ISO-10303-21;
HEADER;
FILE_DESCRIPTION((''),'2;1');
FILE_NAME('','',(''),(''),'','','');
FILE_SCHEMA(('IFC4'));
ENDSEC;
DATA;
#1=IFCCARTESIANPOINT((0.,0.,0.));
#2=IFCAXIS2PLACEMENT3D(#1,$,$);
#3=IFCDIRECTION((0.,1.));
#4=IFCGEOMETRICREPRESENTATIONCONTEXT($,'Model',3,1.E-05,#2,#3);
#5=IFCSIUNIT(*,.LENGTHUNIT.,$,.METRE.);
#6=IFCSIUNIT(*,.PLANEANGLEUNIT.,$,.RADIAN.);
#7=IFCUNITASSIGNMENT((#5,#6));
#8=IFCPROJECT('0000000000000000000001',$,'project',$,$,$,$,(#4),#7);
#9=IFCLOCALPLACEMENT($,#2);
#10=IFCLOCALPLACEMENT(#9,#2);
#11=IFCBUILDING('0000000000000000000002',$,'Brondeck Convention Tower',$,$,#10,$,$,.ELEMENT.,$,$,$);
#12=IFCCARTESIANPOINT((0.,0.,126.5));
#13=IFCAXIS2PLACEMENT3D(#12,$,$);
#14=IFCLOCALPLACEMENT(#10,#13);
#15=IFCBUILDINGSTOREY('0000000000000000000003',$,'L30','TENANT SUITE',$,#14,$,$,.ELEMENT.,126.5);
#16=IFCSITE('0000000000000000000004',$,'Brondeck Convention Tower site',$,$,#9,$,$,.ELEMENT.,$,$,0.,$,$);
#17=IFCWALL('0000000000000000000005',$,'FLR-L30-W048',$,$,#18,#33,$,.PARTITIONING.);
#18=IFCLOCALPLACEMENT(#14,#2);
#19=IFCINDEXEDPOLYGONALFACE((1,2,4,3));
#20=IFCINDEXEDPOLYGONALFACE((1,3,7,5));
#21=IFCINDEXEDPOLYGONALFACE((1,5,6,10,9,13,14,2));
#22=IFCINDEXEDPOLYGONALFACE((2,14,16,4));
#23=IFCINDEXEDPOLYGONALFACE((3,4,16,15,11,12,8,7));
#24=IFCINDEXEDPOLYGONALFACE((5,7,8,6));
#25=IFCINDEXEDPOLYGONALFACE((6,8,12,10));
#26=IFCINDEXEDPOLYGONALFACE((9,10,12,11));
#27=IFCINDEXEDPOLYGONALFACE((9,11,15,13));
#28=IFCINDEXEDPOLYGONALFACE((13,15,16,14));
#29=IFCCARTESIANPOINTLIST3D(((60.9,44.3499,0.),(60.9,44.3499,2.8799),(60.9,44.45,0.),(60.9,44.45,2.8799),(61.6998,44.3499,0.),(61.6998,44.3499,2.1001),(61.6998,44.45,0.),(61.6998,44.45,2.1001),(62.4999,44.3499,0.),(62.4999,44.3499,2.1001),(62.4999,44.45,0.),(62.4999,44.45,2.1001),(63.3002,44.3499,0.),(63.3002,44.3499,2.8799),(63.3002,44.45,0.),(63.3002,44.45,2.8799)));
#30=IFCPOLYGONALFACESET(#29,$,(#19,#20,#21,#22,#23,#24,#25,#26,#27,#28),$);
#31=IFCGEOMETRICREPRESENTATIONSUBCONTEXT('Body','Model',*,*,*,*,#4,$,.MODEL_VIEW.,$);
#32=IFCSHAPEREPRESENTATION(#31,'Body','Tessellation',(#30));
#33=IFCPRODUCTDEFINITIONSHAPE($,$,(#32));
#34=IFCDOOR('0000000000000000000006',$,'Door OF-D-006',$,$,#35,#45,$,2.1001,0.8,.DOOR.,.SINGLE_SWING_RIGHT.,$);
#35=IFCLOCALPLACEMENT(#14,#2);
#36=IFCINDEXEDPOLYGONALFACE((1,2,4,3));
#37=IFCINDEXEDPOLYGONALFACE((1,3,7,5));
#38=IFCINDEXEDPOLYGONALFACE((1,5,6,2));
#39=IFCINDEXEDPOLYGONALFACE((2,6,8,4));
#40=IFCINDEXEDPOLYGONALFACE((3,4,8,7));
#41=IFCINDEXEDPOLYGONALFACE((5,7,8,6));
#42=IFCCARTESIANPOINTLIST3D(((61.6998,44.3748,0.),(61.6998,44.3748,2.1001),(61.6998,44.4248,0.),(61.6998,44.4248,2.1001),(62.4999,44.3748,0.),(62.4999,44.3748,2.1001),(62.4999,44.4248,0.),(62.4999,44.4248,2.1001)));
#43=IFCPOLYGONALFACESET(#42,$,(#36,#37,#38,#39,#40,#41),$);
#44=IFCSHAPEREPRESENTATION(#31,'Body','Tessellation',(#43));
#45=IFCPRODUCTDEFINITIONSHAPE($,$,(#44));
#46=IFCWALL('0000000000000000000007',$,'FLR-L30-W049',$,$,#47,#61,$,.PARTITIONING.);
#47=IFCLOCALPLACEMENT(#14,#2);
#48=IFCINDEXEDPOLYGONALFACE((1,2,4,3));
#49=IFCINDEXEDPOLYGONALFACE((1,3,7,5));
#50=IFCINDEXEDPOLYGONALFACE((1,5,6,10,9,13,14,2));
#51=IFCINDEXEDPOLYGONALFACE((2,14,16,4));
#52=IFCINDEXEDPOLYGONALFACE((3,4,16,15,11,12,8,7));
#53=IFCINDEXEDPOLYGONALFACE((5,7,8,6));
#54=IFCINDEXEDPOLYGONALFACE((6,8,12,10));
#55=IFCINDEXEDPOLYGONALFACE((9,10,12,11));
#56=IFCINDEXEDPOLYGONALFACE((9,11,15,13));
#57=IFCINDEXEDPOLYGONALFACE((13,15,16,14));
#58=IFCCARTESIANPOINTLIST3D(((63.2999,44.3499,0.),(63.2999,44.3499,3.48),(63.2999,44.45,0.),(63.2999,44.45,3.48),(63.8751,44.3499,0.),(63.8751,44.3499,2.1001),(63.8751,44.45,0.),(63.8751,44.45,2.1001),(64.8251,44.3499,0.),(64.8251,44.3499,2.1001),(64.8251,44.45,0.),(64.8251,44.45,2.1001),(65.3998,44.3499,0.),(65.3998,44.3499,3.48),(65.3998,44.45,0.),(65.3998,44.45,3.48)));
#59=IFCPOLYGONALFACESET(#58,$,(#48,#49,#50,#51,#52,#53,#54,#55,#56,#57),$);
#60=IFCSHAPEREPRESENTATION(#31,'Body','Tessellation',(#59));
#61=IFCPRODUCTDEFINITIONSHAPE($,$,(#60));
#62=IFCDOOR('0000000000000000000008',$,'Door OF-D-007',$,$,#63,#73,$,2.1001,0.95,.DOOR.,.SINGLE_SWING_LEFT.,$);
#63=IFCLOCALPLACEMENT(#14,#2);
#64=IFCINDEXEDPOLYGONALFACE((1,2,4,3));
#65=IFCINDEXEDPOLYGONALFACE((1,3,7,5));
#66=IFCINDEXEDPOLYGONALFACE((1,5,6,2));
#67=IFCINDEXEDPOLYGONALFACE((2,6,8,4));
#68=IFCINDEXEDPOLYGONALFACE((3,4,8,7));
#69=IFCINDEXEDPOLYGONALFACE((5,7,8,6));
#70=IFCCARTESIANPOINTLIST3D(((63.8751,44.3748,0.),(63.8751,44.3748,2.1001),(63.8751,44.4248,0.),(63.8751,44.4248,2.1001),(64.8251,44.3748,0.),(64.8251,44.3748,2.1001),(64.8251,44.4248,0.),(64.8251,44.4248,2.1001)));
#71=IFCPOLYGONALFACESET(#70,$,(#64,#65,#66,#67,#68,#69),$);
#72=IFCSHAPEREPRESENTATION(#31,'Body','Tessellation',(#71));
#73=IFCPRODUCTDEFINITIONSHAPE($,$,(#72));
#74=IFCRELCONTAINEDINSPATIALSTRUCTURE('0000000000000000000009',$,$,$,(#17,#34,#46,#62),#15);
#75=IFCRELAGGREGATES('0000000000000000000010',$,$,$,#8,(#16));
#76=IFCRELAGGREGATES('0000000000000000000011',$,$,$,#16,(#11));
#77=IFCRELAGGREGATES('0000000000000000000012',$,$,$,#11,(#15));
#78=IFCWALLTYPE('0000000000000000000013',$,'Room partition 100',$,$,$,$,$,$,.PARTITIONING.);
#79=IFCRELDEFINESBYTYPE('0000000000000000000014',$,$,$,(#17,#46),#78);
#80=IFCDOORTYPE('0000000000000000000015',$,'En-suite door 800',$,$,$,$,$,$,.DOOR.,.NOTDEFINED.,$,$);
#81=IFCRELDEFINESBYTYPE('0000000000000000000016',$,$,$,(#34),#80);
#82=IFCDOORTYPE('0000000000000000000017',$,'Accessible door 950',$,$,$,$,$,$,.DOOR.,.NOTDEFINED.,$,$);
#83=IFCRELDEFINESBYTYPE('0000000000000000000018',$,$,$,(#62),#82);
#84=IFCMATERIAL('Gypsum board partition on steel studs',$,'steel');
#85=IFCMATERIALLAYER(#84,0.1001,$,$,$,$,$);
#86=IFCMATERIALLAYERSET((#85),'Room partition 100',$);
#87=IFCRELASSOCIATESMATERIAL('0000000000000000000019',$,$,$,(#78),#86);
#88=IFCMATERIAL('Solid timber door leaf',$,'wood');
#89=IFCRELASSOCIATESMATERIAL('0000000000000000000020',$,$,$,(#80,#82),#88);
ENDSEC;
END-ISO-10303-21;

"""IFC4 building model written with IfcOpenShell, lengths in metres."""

from ifc_helpers import new_model, si_unit, direction, frame, frame_2d, origin, place, context, subcontext, project, spatial, rectangle, extrude, material, layer, layer_set, type_object, element, fill, save


model = new_model("IFC4")

# Units and contexts
model_context = context("Model", 3, precision=1e-05, world=origin(), true_north=direction((0.0, 1.0)))
body_context = subcontext(model_context, "Body", "Model", "MODEL_VIEW")
ifc_project = project(units=[si_unit("LENGTHUNIT", "METRE"), si_unit("PLANEANGLEUNIT", "RADIAN")], contexts=[model_context])

# Site, building, storey
site_placement = place(None, origin())
site = spatial("IfcSite", under=ifc_project, at=site_placement, Name="Brondeck Convention Tower site", CompositionType="ELEMENT", RefElevation=0.0)
building_placement = place(site_placement, origin())
building = spatial("IfcBuilding", under=site, at=building_placement, Name="Brondeck Convention Tower", CompositionType="ELEMENT")
storey_placement = place(building_placement, frame((0.0, 0.0, 126.5)))
storey = spatial("IfcBuildingStorey", under=building, at=storey_placement, Name="L30", Description="TENANT SUITE", CompositionType="ELEMENT", Elevation=126.5)

# Shared definitions
ifc_material_1 = material(Name="Gypsum board partition on steel studs", Category="steel")
ifc_layer_1 = layer(ifc_material_1, 0.1001)
ifc_layer_set_1 = layer_set([ifc_layer_1], Name="Room partition 100")
wall_type_1 = type_object("IfcWallType", Name="Room partition 100", PredefinedType="PARTITIONING", material=ifc_layer_set_1)

# Shared definitions
ifc_material_2 = material(Name="Solid timber door leaf", Category="wood")

# Walls, openings, doors
wall_1_placement = place(storey_placement, frame((60.8999, 44.3999, 0.0), z_axis=(0.0, 0.0, 1.0), x_axis=(1.0, 0.0, 0.0)))
wall_1 = element("IfcWall", 1, at=wall_1_placement, inside=storey, type_object=wall_type_1, Name="FLR-L30-W048", PredefinedType="PARTITIONING", context=body_context, shape_type="SweptSolid", body=[
    extrude(rectangle(XDim=2.4001, YDim=0.1001, at=frame_2d((1.2002, 0.0))), origin(), (0.0, 0.0, 1.0), 2.8799),
])
opening_1_placement = place(wall_1_placement, frame((0.8, 0.0, 0.0)))
opening_1 = element("IfcOpeningElement", 2, at=opening_1_placement, cuts=wall_1, PredefinedType="OPENING", context=body_context, shape_type="SweptSolid", body=[
    extrude(rectangle(XDim=0.8, YDim=2.1001, at=frame_2d((0.3999, 1.05))), frame((0.0, 0.0601, 0.0), z_axis=(0.0, -1.0, 0.0), x_axis=(1.0, 0.0, 0.0)), (0.0, 0.0, 1.0), 0.1201),
])
door_type_1 = type_object("IfcDoorType", Name="En-suite door 800", OperationType="NOTDEFINED", PredefinedType="DOOR", material=ifc_material_2)
door_1_placement = place(opening_1_placement, origin())
door_1 = element("IfcDoor", 3, at=door_1_placement, inside=storey, type_object=door_type_1, Name="Door OF-D-006", OperationType="SINGLE_SWING_RIGHT", OverallHeight=2.1001, OverallWidth=0.8, PredefinedType="DOOR", context=body_context, shape_type="SweptSolid", body=[
    extrude(rectangle(XDim=0.8, YDim=2.1001, at=frame_2d((0.3999, 1.05))), frame((0.0, 0.0249, 0.0), z_axis=(0.0, -1.0, 0.0), x_axis=(1.0, 0.0, 0.0)), (0.0, 0.0, 1.0), 0.05),
])
fill(opening_1, door_1)
wall_2_placement = place(storey_placement, frame((63.3, 44.3999, 0.0), z_axis=(0.0, 0.0, 1.0), x_axis=(1.0, 0.0, 0.0)))
wall_2 = element("IfcWall", 4, at=wall_2_placement, inside=storey, type_object=wall_type_1, Name="FLR-L30-W049", PredefinedType="PARTITIONING", context=body_context, shape_type="SweptSolid", body=[
    extrude(rectangle(XDim=2.0999, YDim=0.1001, at=frame_2d((1.0498, 0.0))), origin(), (0.0, 0.0, 1.0), 3.48),
])
opening_2_placement = place(wall_2_placement, frame((0.575, 0.0, 0.0)))
opening_2 = element("IfcOpeningElement", 5, at=opening_2_placement, cuts=wall_2, PredefinedType="OPENING", context=body_context, shape_type="SweptSolid", body=[
    extrude(rectangle(XDim=0.95, YDim=2.1001, at=frame_2d((0.4751, 1.05))), frame((0.0, 0.0601, 0.0), z_axis=(0.0, -1.0, 0.0), x_axis=(1.0, 0.0, 0.0)), (0.0, 0.0, 1.0), 0.1201),
])
door_type_2 = type_object("IfcDoorType", Name="Accessible door 950", OperationType="NOTDEFINED", PredefinedType="DOOR", material=ifc_material_2)
door_2_placement = place(opening_2_placement, origin())
door_2 = element("IfcDoor", 6, at=door_2_placement, inside=storey, type_object=door_type_2, Name="Door OF-D-007", OperationType="SINGLE_SWING_LEFT", OverallHeight=2.1001, OverallWidth=0.95, PredefinedType="DOOR", context=body_context, shape_type="SweptSolid", body=[
    extrude(rectangle(XDim=0.95, YDim=2.1001, at=frame_2d((0.4751, 1.05))), frame((0.0, 0.0249, 0.0), z_axis=(0.0, -1.0, 0.0), x_axis=(1.0, 0.0, 0.0)), (0.0, 0.0, 1.0), 0.05),
])
fill(opening_2, door_2)

save(model, "model.ifc")
